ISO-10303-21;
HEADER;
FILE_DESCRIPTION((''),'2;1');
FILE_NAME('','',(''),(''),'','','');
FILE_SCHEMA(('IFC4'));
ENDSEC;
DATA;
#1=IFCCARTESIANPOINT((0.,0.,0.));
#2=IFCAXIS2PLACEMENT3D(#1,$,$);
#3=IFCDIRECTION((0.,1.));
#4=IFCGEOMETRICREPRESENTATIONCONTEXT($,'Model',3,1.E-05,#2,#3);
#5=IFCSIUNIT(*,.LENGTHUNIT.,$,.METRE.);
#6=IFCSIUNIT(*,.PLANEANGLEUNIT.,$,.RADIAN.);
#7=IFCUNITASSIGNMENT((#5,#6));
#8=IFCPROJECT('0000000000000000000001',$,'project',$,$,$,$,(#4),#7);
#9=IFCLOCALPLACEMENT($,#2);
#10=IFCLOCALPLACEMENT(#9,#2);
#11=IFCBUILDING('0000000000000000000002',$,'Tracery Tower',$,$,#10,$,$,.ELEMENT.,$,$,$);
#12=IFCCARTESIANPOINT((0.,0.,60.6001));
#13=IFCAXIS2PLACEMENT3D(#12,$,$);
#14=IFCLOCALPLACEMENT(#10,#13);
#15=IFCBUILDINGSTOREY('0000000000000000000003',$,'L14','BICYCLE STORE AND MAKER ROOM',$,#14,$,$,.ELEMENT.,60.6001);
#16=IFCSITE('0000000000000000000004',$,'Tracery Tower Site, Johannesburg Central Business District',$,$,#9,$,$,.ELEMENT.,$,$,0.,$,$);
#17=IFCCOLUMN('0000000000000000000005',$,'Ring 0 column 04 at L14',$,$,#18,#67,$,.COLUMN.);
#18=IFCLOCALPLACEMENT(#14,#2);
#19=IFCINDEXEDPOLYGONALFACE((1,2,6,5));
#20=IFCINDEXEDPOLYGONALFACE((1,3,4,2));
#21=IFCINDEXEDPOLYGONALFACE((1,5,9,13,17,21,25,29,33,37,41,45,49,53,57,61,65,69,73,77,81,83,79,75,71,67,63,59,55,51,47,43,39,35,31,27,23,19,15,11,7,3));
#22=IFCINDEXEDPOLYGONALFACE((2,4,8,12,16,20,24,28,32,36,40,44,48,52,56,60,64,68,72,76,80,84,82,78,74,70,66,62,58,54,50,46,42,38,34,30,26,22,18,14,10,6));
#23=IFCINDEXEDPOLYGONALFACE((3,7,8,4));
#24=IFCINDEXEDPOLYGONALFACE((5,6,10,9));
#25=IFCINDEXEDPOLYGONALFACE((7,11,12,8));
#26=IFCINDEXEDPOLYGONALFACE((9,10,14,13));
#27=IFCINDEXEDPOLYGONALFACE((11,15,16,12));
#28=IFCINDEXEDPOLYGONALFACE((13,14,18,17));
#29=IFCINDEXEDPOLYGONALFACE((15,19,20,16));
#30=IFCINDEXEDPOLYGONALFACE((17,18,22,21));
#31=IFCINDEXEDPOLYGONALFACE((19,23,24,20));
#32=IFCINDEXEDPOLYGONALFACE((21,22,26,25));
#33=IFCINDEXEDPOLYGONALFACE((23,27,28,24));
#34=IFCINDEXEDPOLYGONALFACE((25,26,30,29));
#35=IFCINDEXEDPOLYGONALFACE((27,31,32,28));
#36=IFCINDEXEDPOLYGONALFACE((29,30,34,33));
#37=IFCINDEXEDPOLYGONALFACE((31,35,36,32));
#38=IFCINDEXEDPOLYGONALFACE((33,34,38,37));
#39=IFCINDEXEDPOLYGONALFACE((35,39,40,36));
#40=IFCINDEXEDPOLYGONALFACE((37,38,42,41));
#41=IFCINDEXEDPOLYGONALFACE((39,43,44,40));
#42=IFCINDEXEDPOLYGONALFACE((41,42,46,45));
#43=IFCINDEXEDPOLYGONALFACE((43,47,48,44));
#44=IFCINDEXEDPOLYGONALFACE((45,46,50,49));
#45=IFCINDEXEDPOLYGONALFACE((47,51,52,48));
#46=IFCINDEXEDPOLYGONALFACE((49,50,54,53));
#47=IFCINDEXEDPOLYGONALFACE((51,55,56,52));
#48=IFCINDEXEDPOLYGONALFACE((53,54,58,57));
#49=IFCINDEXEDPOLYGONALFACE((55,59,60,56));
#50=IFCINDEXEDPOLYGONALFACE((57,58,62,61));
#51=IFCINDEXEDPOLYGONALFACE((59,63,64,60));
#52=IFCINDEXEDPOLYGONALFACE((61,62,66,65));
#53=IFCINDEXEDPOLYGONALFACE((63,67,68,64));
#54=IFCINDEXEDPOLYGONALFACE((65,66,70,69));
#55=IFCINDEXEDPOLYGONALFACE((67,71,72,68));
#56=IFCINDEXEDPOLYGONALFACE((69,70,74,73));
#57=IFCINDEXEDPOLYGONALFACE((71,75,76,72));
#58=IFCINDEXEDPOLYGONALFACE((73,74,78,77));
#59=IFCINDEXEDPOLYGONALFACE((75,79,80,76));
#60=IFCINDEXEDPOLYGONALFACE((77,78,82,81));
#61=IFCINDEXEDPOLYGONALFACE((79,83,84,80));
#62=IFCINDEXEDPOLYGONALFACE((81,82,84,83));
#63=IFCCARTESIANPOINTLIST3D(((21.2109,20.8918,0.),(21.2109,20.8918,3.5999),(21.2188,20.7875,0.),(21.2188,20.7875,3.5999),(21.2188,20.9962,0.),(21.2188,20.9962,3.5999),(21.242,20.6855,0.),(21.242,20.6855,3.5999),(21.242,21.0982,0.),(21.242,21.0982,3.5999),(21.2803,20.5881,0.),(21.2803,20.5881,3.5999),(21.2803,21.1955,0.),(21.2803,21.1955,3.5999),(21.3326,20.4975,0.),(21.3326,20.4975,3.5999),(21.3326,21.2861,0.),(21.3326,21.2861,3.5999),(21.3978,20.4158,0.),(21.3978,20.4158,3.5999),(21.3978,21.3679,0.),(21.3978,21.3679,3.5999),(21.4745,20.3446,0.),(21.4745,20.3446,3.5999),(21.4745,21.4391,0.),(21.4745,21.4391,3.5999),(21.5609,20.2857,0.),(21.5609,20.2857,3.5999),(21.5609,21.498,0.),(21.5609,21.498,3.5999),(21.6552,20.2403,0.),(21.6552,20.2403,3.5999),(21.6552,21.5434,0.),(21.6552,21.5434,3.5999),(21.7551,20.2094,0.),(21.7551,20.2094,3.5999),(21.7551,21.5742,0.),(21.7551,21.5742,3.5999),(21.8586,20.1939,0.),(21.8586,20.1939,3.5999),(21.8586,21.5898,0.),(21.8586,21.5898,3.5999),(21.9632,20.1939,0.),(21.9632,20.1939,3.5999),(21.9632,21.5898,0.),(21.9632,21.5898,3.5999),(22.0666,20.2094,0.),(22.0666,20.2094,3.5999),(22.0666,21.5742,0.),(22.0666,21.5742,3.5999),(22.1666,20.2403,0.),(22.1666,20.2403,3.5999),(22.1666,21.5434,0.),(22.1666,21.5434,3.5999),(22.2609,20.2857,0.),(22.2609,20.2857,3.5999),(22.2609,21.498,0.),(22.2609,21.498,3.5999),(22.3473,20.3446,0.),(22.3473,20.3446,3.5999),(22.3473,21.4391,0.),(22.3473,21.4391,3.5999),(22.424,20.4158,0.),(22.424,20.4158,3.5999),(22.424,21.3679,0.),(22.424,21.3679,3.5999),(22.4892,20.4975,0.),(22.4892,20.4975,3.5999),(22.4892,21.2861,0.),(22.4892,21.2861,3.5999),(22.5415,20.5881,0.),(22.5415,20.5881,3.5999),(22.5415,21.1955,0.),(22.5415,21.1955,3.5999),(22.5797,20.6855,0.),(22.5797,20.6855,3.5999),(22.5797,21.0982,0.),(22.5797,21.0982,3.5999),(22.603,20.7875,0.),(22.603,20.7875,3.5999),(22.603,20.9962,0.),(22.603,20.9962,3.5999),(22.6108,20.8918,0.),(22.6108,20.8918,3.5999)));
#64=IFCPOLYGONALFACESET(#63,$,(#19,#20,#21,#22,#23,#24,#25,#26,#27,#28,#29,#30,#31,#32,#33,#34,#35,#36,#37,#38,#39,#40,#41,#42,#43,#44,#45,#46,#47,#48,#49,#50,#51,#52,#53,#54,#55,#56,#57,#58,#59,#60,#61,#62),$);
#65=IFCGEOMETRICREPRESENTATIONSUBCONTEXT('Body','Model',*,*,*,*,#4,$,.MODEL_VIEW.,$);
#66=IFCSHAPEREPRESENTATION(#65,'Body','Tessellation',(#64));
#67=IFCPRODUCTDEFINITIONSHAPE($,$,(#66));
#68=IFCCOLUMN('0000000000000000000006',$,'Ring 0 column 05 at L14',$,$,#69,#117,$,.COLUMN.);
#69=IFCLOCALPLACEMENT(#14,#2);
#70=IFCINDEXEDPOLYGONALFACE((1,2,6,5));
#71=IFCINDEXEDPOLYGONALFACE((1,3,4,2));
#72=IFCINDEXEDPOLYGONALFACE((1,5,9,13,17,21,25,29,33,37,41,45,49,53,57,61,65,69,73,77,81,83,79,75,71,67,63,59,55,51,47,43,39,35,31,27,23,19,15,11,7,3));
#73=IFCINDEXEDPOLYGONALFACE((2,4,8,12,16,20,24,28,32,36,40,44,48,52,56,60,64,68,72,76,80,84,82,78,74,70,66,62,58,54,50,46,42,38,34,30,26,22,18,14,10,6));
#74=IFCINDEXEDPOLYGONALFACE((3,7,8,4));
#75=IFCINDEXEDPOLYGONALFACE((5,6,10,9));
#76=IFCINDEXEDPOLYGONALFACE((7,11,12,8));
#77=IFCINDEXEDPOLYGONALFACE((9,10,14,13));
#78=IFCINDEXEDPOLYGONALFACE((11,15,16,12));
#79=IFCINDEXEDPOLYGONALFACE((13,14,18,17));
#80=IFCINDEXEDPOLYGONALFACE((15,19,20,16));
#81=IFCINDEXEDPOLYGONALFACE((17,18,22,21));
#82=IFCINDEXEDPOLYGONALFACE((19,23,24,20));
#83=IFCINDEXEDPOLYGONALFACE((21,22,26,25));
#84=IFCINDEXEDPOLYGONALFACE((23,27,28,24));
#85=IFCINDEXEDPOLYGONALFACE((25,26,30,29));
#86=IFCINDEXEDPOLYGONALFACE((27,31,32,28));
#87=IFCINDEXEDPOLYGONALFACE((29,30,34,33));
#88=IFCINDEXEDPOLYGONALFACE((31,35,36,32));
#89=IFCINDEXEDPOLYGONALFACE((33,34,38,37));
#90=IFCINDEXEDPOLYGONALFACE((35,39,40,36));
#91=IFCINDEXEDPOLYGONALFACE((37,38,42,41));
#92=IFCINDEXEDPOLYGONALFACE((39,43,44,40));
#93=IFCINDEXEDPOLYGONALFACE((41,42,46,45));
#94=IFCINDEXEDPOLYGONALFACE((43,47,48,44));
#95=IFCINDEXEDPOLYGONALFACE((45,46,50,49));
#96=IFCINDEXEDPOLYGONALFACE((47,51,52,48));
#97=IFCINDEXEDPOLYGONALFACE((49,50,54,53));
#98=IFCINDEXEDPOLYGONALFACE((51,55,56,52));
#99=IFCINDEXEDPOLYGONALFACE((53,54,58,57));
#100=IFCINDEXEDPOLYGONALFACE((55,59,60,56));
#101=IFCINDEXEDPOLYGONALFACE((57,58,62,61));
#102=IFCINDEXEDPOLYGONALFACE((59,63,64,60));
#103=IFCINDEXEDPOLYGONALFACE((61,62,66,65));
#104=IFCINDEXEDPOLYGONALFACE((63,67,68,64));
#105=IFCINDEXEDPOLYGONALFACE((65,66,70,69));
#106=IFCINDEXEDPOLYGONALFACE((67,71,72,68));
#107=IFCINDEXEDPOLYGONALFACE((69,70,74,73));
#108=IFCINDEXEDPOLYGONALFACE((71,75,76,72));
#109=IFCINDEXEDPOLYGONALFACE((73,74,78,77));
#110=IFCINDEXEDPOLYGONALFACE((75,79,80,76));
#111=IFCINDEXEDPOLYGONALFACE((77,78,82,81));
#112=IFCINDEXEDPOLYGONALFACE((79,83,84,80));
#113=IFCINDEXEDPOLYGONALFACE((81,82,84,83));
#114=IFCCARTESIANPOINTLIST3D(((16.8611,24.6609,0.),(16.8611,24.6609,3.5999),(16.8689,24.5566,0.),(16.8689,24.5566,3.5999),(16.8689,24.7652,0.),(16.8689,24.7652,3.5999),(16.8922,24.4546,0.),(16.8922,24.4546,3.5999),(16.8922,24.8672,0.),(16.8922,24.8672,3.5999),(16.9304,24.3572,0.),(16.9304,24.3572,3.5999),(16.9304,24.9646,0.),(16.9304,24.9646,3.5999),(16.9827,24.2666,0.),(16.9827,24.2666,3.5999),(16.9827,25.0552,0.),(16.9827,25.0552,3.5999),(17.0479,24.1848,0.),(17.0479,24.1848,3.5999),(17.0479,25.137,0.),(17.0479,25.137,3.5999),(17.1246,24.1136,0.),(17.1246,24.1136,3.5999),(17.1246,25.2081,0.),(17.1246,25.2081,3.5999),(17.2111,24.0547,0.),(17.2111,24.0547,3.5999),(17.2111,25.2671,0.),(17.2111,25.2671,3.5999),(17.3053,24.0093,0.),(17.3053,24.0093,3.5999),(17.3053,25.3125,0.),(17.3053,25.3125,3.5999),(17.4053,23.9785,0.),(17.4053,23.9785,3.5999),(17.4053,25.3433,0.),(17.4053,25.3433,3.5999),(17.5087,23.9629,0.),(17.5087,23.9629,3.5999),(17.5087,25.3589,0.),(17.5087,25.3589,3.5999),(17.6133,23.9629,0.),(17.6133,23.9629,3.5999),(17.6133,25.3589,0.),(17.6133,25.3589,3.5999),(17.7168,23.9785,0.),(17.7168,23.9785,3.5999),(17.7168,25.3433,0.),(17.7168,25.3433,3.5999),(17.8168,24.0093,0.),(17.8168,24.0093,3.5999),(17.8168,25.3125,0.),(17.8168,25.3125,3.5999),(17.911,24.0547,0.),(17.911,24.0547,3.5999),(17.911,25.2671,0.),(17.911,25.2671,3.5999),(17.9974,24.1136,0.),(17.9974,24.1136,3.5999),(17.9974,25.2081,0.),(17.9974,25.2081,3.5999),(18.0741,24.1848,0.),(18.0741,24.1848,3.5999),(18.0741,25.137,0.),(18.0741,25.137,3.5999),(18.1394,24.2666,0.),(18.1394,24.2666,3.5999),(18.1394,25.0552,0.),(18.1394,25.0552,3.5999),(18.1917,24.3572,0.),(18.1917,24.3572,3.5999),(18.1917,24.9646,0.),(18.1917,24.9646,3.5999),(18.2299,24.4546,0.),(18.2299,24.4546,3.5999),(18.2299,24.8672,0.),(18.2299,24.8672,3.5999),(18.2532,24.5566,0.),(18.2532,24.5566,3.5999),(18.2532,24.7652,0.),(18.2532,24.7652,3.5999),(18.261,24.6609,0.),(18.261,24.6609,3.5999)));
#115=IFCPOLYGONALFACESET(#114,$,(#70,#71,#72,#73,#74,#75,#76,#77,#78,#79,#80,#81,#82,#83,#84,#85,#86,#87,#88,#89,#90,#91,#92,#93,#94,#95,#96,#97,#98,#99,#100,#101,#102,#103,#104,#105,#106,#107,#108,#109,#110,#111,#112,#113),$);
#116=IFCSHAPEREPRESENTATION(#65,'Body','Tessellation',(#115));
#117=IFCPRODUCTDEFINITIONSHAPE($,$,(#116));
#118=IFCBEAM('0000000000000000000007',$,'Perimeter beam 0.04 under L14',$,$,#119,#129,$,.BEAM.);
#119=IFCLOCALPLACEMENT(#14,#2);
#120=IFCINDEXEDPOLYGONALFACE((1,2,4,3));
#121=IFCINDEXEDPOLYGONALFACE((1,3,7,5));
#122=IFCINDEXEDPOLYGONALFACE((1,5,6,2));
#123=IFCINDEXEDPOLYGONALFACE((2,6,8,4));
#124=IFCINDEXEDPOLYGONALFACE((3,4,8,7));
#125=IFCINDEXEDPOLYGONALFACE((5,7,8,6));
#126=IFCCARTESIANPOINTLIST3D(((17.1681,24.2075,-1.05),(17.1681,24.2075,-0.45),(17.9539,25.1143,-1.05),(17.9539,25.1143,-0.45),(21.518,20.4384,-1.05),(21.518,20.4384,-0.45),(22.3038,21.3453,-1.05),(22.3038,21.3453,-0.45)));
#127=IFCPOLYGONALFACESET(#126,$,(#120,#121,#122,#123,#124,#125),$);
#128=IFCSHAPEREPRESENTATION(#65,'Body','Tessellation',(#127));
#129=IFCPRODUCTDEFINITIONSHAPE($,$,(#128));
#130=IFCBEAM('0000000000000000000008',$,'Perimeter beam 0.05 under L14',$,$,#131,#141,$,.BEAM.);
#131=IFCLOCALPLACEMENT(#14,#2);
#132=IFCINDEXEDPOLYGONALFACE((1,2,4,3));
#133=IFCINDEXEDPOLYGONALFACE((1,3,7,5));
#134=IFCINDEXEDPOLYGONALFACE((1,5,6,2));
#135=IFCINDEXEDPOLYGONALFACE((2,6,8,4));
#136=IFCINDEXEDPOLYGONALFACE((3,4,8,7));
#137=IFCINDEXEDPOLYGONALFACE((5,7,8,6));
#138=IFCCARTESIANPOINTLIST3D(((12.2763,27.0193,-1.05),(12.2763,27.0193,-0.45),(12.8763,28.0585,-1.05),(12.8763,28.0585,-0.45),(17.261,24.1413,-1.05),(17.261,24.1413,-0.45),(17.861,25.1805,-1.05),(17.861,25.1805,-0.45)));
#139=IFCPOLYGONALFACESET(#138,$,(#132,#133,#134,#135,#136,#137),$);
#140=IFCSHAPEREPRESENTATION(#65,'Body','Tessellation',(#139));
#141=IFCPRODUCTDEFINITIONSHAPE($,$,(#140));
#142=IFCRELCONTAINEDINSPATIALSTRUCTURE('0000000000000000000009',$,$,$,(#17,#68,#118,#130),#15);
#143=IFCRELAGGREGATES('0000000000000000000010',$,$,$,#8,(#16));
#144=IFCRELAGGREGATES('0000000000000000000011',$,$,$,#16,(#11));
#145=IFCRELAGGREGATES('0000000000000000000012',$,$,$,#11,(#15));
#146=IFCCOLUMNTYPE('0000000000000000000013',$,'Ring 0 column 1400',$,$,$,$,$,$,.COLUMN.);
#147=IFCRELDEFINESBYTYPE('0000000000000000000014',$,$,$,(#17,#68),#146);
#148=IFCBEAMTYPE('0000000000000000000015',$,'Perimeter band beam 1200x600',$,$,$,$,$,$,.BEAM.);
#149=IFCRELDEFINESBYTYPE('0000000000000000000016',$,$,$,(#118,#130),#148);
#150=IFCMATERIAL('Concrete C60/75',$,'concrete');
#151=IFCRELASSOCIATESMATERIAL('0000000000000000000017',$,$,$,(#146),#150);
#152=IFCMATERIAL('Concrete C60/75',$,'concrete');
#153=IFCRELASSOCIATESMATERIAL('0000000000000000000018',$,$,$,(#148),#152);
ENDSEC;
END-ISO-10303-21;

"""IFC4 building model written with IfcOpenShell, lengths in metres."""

from ifc_helpers import new_model, si_unit, direction, frame, origin, origin_2d, place, context, subcontext, project, spatial, rectangle, circle, extrude, material, material_profile, profile_set, type_object, element, save


model = new_model("IFC4")

# Units and contexts
model_context = context("Model", 3, precision=1e-05, world=origin(), true_north=direction((0.0, 1.0)))
body_context = subcontext(model_context, "Body", "Model", "MODEL_VIEW")
ifc_project = project(units=[si_unit("LENGTHUNIT", "METRE"), si_unit("PLANEANGLEUNIT", "RADIAN")], contexts=[model_context])

# Site, building, storey
site_placement = place(None, origin())
site = spatial("IfcSite", under=ifc_project, at=site_placement, Name="Tracery Tower Site, Johannesburg Central Business District", CompositionType="ELEMENT", RefElevation=0.0)
building_placement = place(site_placement, origin())
building = spatial("IfcBuilding", under=site, at=building_placement, Name="Tracery Tower", CompositionType="ELEMENT")
storey_placement = place(building_placement, frame((0.0, 0.0, 60.6001)))
storey = spatial("IfcBuildingStorey", under=building, at=storey_placement, Name="L14", Description="BICYCLE STORE AND MAKER ROOM", CompositionType="ELEMENT", Elevation=60.6001)

# Columns
ifc_material_1 = material(Name="Concrete C60/75", Category="concrete")
ifc_material_profile_1 = material_profile(ifc_material_1, circle(Radius=0.7, at=origin_2d()), Name="RC D1400")
ifc_profile_set_1 = profile_set([ifc_material_profile_1], Name="Concrete C60/75")
column_type = type_object("IfcColumnType", Name="Ring 0 column 1400", PredefinedType="COLUMN", material=ifc_profile_set_1)
for number, where, z_axis, x_axis, name in (
    (1, (21.9109, 20.8918, 0.0), (0.0, 0.0, 1.0), (1.0, 0.0, 0.0), "Ring 0 column 04 at L14"),
    (2, (17.561, 24.6609, 0.0), (0.0, 0.0, 1.0), (1.0, 0.0, 0.0), "Ring 0 column 05 at L14"),
):
    element("IfcColumn", number, at=place(storey_placement, frame(where, z_axis=z_axis, x_axis=x_axis)), inside=storey, type_object=column_type, Name=name, PredefinedType="COLUMN", context=body_context, shape_type="SweptSolid", body=[
        extrude(circle(Radius=0.7, at=origin_2d()), origin(), (0.0, 0.0, 1.0), 3.5999),
    ])

# Beams
ifc_material_2 = material(Name="Concrete C60/75", Category="concrete")
ifc_material_profile_2 = material_profile(ifc_material_2, rectangle(XDim=1.2, YDim=0.6001, at=origin_2d()), Name="RC 1200x600")
ifc_profile_set_2 = profile_set([ifc_material_profile_2], Name="Concrete C60/75")
beam_type = type_object("IfcBeamType", Name="Perimeter band beam 1200x600", PredefinedType="BEAM", material=ifc_profile_set_2)
beam_1_placement = place(storey_placement, frame((21.9109, 20.8918, -0.75), z_axis=(-0.75576, 0.654848, 0.0), x_axis=(-0.654848, -0.75576, 0.0)))
element("IfcBeam", 3, at=beam_1_placement, inside=storey, type_object=beam_type, Name="Perimeter beam 0.04 under L14", PredefinedType="BEAM", context=body_context, shape_type="SweptSolid", body=[
    extrude(rectangle(XDim=1.2, YDim=0.6001, at=origin_2d()), origin(), (0.0, 0.0, 1.0), 5.7556),
])
beam_2_placement = place(storey_placement, frame((17.561, 24.6609, -0.75), z_axis=(-0.866021, 0.500008, 0.0), x_axis=(-0.500008, -0.866021, 0.0)))
element("IfcBeam", 4, at=beam_2_placement, inside=storey, type_object=beam_type, Name="Perimeter beam 0.05 under L14", PredefinedType="BEAM", context=body_context, shape_type="SweptSolid", body=[
    extrude(rectangle(XDim=1.2, YDim=0.6001, at=origin_2d()), origin(), (0.0, 0.0, 1.0), 5.7559),
])

save(model, "model.ifc")
